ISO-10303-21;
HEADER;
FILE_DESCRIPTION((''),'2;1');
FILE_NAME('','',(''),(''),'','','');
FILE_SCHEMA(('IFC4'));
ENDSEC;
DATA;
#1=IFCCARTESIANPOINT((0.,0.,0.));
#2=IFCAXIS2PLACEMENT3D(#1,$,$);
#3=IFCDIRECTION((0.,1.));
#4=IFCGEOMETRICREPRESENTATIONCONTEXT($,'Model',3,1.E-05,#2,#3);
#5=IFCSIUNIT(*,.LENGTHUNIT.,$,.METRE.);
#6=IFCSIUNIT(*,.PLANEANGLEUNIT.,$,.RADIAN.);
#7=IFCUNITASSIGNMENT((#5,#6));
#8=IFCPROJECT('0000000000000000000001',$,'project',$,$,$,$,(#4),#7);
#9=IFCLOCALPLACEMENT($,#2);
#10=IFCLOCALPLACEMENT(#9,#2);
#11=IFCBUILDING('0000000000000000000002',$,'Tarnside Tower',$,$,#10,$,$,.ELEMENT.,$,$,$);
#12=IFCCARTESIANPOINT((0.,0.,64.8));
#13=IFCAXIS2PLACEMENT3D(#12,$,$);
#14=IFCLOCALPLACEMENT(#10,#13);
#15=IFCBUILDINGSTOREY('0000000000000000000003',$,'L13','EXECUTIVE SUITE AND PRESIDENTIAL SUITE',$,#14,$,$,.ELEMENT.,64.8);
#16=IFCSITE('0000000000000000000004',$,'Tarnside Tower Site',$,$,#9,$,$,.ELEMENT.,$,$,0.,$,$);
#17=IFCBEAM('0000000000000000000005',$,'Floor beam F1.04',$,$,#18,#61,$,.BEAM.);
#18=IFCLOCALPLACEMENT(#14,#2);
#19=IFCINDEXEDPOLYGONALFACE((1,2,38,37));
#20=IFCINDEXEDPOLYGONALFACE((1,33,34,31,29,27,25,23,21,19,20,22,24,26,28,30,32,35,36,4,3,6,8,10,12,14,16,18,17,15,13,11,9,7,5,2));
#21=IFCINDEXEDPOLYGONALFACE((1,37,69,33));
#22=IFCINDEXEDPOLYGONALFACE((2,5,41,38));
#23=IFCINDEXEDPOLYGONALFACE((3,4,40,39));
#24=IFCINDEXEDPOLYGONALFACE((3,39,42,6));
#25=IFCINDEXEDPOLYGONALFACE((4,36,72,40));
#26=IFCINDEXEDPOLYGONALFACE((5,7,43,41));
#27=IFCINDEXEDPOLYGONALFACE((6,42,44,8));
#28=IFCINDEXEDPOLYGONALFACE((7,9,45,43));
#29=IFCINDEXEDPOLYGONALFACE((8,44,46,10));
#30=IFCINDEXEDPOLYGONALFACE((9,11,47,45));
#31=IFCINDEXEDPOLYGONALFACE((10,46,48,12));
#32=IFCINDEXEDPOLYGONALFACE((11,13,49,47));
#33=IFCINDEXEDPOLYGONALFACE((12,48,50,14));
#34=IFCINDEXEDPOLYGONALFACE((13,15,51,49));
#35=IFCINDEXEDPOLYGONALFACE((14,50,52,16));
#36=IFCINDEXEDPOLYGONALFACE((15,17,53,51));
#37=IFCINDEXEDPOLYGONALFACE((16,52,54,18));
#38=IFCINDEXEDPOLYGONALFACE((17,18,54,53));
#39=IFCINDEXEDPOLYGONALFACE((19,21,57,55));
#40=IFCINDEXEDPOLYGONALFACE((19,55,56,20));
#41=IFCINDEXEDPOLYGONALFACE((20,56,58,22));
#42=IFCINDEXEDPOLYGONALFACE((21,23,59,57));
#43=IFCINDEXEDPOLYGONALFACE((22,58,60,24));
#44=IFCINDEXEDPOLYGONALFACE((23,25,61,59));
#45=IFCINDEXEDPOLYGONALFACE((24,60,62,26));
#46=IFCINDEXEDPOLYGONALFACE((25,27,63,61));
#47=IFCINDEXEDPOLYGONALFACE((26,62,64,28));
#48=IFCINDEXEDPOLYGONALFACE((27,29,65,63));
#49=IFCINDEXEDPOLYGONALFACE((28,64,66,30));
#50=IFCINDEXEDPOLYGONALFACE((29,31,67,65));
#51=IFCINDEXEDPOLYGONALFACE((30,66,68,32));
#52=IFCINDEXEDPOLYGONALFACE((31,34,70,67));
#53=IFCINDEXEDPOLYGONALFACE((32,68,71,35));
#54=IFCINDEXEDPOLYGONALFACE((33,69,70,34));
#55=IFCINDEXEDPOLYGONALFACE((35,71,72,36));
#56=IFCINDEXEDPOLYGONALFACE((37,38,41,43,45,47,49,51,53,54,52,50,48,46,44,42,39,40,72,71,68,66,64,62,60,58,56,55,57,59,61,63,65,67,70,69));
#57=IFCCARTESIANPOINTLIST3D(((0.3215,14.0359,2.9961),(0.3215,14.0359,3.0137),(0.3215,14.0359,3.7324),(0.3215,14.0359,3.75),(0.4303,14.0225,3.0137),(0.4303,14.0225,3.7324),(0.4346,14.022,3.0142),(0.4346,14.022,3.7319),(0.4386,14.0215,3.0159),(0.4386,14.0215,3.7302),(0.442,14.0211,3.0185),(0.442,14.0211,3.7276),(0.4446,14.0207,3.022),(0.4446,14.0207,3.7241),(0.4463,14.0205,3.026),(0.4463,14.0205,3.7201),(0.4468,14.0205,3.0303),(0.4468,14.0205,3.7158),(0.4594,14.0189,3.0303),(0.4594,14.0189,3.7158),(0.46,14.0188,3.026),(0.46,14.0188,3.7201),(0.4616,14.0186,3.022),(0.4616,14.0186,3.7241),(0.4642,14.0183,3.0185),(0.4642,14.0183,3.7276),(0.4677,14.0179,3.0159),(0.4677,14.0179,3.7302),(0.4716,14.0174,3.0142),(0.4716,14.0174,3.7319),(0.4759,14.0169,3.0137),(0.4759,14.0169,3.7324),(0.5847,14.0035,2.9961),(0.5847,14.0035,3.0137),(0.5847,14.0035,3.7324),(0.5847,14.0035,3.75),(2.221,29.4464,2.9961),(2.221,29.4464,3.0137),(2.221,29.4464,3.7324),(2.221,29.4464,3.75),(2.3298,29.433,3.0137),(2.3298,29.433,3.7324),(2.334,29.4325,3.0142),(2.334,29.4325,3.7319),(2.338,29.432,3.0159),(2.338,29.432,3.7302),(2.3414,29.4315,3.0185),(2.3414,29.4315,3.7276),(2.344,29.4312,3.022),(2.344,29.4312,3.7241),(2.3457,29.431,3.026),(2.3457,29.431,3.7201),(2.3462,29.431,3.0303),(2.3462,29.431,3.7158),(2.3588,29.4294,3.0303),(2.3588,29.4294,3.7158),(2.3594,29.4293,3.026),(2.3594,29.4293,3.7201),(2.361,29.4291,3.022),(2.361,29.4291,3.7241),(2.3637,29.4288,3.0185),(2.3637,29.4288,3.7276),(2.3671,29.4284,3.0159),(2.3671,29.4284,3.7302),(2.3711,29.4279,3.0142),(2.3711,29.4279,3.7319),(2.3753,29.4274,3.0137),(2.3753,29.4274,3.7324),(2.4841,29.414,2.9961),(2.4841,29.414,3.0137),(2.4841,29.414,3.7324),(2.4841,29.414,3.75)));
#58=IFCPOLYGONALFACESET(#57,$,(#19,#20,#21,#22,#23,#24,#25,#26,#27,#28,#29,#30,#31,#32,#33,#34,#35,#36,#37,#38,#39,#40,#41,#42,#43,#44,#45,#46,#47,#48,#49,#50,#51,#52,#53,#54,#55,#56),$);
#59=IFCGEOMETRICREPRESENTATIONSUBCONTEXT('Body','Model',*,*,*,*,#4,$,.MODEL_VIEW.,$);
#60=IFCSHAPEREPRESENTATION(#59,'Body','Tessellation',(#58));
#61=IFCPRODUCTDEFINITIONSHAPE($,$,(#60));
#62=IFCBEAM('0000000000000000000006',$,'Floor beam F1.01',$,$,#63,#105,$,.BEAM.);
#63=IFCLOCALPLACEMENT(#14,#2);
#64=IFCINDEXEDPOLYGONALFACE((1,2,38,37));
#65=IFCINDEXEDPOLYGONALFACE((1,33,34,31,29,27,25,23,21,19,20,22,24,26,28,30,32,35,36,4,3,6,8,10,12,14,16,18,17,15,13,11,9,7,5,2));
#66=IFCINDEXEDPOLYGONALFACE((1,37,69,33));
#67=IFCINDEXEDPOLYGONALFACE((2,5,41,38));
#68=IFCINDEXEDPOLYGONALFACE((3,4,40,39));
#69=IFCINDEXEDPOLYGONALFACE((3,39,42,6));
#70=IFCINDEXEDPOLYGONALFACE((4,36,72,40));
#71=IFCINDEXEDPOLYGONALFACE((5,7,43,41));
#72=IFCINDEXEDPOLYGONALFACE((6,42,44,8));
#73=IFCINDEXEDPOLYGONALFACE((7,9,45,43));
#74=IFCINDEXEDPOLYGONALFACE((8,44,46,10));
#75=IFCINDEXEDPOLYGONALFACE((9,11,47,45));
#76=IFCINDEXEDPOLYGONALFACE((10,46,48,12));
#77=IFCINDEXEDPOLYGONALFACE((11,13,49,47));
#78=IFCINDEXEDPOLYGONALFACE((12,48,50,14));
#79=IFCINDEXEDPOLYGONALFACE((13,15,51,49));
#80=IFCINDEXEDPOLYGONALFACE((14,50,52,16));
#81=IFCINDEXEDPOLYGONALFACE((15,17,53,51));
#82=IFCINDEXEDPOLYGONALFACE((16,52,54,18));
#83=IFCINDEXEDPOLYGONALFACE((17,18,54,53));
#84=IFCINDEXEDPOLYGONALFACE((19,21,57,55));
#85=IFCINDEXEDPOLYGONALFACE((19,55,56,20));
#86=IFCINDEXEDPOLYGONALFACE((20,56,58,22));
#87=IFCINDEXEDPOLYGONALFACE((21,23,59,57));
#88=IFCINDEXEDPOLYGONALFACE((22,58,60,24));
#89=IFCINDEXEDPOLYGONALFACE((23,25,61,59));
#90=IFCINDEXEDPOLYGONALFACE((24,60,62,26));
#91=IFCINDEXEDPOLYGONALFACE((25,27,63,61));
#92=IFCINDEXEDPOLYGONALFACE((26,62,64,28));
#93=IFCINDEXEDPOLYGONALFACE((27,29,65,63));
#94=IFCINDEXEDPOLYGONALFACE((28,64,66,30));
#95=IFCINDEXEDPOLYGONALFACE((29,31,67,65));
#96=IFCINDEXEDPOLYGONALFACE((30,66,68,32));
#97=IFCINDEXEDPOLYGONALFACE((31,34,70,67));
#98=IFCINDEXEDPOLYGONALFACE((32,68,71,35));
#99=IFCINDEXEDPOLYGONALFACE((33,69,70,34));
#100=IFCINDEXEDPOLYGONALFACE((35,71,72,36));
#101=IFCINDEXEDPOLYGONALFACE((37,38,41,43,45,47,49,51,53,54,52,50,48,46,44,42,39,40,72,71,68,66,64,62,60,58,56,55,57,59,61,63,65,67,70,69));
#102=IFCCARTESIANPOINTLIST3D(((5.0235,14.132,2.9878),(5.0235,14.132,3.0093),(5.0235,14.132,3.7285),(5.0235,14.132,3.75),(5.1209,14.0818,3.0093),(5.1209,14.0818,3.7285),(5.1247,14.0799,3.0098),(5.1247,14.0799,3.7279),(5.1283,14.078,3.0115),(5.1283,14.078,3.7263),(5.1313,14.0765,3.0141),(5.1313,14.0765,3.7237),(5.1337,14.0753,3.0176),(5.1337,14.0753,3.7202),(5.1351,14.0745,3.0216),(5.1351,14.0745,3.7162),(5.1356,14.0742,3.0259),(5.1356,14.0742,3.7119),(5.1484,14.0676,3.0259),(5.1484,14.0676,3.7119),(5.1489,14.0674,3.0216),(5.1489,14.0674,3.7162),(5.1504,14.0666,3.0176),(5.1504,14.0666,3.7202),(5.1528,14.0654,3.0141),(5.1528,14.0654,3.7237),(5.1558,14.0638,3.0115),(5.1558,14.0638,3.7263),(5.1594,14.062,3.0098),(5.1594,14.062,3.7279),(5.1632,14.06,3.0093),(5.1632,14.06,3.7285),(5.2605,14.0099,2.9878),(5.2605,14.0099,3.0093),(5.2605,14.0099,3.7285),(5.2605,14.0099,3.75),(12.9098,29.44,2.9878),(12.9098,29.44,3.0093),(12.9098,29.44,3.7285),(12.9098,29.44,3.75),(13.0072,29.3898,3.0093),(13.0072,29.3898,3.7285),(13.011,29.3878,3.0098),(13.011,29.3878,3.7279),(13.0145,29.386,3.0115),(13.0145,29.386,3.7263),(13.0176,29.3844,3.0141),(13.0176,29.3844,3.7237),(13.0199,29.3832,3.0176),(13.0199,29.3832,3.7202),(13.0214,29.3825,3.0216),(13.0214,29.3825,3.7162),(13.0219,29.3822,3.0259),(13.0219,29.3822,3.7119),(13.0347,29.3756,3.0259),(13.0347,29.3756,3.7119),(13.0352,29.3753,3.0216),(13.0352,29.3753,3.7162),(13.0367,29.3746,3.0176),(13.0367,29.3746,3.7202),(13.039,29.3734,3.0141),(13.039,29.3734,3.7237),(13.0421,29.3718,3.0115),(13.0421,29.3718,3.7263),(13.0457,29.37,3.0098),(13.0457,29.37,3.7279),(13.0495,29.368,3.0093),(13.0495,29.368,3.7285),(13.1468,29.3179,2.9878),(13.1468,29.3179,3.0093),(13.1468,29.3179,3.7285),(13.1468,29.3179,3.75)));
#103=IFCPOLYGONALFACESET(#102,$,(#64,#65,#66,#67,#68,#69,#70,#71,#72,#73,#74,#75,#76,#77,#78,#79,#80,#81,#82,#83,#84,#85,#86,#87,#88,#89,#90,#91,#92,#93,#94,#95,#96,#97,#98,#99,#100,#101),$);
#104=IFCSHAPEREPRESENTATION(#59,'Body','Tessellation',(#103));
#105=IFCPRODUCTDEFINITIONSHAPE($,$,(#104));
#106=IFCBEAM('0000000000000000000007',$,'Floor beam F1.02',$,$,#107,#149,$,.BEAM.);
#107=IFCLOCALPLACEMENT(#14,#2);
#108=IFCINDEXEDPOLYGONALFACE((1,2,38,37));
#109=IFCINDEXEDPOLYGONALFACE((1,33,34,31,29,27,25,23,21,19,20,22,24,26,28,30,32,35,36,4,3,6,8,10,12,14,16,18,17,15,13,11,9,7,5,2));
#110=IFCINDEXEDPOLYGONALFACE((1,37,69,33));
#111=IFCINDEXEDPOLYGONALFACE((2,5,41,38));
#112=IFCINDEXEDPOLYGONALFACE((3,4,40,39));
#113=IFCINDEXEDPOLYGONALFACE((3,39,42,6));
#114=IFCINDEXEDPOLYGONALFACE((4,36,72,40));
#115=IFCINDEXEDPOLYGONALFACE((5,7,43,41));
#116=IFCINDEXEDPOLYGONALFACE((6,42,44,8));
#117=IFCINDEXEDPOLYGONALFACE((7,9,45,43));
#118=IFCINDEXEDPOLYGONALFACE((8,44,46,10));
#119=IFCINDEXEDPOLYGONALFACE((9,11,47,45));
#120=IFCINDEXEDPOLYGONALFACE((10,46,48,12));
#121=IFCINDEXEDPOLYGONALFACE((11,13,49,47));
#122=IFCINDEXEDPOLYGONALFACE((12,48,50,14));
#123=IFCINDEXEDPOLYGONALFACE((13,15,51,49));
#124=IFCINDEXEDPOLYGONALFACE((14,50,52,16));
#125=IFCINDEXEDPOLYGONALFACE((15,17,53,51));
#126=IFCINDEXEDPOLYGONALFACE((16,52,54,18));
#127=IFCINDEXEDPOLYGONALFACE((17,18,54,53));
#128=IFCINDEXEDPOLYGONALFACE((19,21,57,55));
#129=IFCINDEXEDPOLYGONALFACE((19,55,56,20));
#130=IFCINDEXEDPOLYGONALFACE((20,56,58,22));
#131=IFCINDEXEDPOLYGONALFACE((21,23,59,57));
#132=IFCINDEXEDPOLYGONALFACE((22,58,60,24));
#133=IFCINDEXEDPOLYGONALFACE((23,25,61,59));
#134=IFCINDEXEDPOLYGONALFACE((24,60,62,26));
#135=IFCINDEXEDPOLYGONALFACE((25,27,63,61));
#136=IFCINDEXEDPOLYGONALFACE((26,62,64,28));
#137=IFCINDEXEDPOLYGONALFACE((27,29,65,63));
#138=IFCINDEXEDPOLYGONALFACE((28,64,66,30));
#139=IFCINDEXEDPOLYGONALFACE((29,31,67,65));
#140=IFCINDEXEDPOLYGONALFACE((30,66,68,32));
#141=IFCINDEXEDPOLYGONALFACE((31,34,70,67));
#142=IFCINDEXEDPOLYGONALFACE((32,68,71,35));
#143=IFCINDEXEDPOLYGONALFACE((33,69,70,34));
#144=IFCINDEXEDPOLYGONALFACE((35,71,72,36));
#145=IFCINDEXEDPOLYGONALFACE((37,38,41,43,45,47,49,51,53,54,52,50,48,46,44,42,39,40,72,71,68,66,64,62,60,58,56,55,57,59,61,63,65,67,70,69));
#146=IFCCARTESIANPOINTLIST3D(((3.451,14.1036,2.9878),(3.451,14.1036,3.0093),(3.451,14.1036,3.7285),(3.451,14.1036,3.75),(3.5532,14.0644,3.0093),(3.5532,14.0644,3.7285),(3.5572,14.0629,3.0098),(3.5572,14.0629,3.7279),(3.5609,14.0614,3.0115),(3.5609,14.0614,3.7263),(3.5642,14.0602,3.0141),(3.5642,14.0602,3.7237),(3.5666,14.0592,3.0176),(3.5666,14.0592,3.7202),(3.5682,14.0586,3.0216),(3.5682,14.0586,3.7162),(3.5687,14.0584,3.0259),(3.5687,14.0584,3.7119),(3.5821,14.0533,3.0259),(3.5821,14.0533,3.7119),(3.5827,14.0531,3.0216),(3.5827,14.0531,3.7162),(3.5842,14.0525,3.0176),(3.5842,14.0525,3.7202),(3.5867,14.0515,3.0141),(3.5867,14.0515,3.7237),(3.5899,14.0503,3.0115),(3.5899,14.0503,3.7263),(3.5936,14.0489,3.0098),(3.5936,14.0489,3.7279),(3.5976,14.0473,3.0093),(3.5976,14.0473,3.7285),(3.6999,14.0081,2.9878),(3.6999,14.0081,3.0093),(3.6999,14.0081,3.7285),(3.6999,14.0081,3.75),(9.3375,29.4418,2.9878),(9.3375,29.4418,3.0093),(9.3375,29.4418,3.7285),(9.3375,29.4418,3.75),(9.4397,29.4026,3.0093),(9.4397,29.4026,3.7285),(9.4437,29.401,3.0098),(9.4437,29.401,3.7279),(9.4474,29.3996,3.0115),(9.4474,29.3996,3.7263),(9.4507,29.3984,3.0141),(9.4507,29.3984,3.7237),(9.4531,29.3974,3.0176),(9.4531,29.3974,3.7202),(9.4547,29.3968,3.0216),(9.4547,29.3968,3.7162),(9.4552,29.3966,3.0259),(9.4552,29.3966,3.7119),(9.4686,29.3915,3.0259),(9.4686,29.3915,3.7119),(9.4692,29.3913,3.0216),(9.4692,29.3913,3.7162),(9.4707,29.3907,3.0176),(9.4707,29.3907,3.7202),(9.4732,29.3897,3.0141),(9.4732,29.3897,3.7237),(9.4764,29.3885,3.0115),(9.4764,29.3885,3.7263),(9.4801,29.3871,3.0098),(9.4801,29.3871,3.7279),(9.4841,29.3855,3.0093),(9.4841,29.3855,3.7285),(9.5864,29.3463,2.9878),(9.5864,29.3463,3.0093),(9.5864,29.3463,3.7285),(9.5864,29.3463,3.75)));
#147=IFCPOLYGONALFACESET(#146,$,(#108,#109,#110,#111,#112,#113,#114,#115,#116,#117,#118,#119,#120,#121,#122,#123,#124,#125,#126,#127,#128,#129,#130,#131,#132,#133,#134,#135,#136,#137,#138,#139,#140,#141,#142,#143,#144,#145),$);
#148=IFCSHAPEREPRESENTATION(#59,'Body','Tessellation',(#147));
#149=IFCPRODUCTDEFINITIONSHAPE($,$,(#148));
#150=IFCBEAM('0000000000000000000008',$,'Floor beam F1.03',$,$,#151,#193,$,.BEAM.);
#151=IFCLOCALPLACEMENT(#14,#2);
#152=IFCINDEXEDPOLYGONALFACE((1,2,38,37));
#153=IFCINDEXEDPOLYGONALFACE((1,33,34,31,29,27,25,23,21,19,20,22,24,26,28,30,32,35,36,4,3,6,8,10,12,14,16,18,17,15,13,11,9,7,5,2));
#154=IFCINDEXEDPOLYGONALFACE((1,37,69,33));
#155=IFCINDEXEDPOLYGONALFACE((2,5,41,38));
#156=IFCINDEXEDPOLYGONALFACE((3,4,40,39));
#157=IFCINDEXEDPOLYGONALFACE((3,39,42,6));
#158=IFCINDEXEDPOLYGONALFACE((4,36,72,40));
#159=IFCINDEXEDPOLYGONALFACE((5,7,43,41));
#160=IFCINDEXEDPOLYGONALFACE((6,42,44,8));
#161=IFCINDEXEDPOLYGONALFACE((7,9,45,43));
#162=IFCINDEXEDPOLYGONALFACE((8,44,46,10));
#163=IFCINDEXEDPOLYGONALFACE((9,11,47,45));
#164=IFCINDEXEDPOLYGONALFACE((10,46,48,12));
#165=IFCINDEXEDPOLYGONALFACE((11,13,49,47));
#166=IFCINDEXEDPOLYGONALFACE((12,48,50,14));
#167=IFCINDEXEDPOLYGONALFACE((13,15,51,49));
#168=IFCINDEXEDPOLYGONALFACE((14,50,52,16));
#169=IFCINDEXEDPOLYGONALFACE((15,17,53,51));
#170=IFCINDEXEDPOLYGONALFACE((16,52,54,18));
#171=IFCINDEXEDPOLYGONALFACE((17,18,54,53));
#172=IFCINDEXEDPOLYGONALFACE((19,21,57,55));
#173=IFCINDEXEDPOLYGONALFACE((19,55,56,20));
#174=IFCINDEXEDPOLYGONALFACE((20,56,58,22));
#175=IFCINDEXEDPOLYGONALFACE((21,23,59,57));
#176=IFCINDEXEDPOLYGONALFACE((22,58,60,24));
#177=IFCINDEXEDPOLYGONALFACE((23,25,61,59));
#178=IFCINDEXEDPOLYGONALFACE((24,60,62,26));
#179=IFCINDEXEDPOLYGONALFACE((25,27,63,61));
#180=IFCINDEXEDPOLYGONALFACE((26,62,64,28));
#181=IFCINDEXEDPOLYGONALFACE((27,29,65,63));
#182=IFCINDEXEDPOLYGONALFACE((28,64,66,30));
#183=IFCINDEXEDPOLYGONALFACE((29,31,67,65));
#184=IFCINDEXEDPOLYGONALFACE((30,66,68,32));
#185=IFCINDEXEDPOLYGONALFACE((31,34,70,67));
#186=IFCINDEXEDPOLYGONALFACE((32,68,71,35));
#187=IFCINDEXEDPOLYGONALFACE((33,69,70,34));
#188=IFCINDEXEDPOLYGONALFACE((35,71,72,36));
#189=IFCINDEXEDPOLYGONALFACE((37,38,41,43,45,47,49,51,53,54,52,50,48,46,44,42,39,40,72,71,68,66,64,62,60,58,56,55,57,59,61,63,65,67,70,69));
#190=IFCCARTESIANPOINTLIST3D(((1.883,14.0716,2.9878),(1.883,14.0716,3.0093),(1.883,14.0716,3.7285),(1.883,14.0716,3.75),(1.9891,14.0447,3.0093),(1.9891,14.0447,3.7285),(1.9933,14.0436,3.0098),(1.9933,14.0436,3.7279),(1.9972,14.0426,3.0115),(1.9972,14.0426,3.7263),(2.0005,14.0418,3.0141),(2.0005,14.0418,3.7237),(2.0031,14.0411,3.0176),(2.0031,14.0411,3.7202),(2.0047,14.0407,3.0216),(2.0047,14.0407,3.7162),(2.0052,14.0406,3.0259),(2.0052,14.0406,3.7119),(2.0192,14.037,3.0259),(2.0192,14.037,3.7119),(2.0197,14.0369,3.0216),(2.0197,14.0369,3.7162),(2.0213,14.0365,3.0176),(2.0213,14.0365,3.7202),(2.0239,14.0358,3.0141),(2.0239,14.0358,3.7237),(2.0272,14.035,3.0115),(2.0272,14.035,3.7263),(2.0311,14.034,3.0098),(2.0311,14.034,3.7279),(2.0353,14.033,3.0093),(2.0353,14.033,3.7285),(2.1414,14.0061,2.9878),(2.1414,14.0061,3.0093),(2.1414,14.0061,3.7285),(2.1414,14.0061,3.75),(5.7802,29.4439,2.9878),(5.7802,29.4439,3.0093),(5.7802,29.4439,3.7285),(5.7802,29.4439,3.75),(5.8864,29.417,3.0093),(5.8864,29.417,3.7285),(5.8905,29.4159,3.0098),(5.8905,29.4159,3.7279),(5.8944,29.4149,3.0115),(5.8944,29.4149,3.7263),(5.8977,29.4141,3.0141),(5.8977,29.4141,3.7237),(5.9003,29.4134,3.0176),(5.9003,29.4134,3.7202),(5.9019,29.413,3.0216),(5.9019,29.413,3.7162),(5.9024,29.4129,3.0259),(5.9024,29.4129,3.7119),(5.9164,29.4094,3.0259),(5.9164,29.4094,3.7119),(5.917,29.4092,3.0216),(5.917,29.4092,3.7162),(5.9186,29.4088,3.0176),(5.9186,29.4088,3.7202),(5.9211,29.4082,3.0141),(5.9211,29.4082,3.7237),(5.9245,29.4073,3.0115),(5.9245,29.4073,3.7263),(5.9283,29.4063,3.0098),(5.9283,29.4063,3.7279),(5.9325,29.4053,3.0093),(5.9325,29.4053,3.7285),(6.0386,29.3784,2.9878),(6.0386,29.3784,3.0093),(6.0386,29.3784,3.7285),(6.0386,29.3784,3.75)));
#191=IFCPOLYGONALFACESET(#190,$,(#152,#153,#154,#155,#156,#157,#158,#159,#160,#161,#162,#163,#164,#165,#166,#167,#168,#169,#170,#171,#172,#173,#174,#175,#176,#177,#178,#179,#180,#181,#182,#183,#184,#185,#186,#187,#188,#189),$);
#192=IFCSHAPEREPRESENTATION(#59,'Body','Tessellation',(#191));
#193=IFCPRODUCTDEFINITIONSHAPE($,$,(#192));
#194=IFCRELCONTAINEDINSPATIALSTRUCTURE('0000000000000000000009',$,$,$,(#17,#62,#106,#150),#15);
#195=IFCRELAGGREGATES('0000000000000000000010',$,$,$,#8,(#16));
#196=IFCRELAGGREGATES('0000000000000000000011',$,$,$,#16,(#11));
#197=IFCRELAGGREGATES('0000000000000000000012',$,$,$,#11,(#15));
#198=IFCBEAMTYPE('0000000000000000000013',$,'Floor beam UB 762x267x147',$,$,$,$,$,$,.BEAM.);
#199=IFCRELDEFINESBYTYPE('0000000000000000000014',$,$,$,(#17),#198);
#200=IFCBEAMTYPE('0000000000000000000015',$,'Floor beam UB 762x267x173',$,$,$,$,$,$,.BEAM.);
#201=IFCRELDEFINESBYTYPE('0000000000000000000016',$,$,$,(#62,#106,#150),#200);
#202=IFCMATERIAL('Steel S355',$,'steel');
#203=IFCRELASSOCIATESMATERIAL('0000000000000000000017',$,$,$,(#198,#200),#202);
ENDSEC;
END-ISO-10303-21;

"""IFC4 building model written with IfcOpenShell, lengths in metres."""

from ifc_helpers import new_model, si_unit, direction, frame, origin, origin_2d, place, context, subcontext, project, spatial, i_section, extrude, material, material_profile, profile_set, type_object, element, save


model = new_model("IFC4")

# Units and contexts
model_context = context("Model", 3, precision=1e-05, world=origin(), true_north=direction((0.0, 1.0)))
body_context = subcontext(model_context, "Body", "Model", "MODEL_VIEW")
ifc_project = project(units=[si_unit("LENGTHUNIT", "METRE"), si_unit("PLANEANGLEUNIT", "RADIAN")], contexts=[model_context])

# Site, building, storey
site_placement = place(None, origin())
site = spatial("IfcSite", under=ifc_project, at=site_placement, Name="Tarnside Tower Site", CompositionType="ELEMENT", RefElevation=0.0)
building_placement = place(site_placement, origin())
building = spatial("IfcBuilding", under=site, at=building_placement, Name="Tarnside Tower", CompositionType="ELEMENT")
storey_placement = place(building_placement, frame((0.0, 0.0, 64.8)))
storey = spatial("IfcBuildingStorey", under=building, at=storey_placement, Name="L13", Description="EXECUTIVE SUITE AND PRESIDENTIAL SUITE", CompositionType="ELEMENT", Elevation=64.8)

# Beams
ifc_material_1 = material(Name="Steel S355", Category="steel")
ifc_material_profile_1 = material_profile(ifc_material_1, i_section(OverallWidth=0.2651, OverallDepth=0.7539, WebThickness=0.0127, FlangeThickness=0.0176, FilletRadius=0.0166, at=origin_2d()), Name="UB 762x267x147")
ifc_profile_set_1 = profile_set([ifc_material_profile_1], Name="Steel S355")
beam_type_1 = type_object("IfcBeamType", Name="Floor beam UB 762x267x147", PredefinedType="BEAM", material=ifc_profile_set_1)
beam_1_placement = place(storey_placement, frame((2.3525, 29.4302, 3.373), z_axis=(-0.12233, -0.99249, 0.0), x_axis=(0.99249, -0.12233, 0.0)))
element("IfcBeam", 1, at=beam_1_placement, inside=storey, type_object=beam_type_1, Name="Floor beam F1.04", PredefinedType="BEAM", context=body_context, shape_type="SweptSolid", body=[
    extrude(i_section(OverallWidth=0.2651, OverallDepth=0.7539, WebThickness=0.0127, FlangeThickness=0.0176, FilletRadius=0.0166, at=origin_2d()), origin(), (0.0, 0.0, 1.0), 15.5271),
])
ifc_material_profile_2 = material_profile(ifc_material_1, i_section(OverallWidth=0.2666, OverallDepth=0.7622, WebThickness=0.0144, FlangeThickness=0.0215, FilletRadius=0.0166, at=origin_2d()), Name="UB 762x267x173")
ifc_profile_set_2 = profile_set([ifc_material_profile_2], Name="Steel S355")
beam_type_2 = type_object("IfcBeamType", Name="Floor beam UB 762x267x173", PredefinedType="BEAM", material=ifc_profile_set_2)
beam_2_placement = place(storey_placement, frame((13.0283, 29.3789, 3.3689), z_axis=(-0.457973, -0.888966, 0.0), x_axis=(0.888966, -0.457973, 0.0)))
element("IfcBeam", 2, at=beam_2_placement, inside=storey, type_object=beam_type_2, Name="Floor beam F1.01", PredefinedType="BEAM", context=body_context, shape_type="SweptSolid", body=[
    extrude(i_section(OverallWidth=0.2666, OverallDepth=0.7622, WebThickness=0.0144, FlangeThickness=0.0215, FilletRadius=0.0166, at=origin_2d()), origin(), (0.0, 0.0, 1.0), 17.22),
])
beam_3_placement = place(storey_placement, frame((9.4619, 29.394, 3.3689), z_axis=(-0.3583, -0.933607, 0.0), x_axis=(0.933607, -0.3583, 0.0)))
element("IfcBeam", 3, at=beam_3_placement, inside=storey, type_object=beam_type_2, Name="Floor beam F1.02", PredefinedType="BEAM", context=body_context, shape_type="SweptSolid", body=[
    extrude(i_section(OverallWidth=0.2666, OverallDepth=0.7622, WebThickness=0.0144, FlangeThickness=0.0215, FilletRadius=0.0166, at=origin_2d()), origin(), (0.0, 0.0, 1.0), 16.429),
])
beam_4_placement = place(storey_placement, frame((5.9094, 29.4111, 3.3689), z_axis=(-0.245747, -0.969334, 0.0), x_axis=(0.969334, -0.245747, 0.0)))
element("IfcBeam", 4, at=beam_4_placement, inside=storey, type_object=beam_type_2, Name="Floor beam F1.03", PredefinedType="BEAM", context=body_context, shape_type="SweptSolid", body=[
    extrude(i_section(OverallWidth=0.2666, OverallDepth=0.7622, WebThickness=0.0144, FlangeThickness=0.0215, FilletRadius=0.0166, at=origin_2d()), origin(), (0.0, 0.0, 1.0), 15.8586),
])

save(model, "model.ifc")
